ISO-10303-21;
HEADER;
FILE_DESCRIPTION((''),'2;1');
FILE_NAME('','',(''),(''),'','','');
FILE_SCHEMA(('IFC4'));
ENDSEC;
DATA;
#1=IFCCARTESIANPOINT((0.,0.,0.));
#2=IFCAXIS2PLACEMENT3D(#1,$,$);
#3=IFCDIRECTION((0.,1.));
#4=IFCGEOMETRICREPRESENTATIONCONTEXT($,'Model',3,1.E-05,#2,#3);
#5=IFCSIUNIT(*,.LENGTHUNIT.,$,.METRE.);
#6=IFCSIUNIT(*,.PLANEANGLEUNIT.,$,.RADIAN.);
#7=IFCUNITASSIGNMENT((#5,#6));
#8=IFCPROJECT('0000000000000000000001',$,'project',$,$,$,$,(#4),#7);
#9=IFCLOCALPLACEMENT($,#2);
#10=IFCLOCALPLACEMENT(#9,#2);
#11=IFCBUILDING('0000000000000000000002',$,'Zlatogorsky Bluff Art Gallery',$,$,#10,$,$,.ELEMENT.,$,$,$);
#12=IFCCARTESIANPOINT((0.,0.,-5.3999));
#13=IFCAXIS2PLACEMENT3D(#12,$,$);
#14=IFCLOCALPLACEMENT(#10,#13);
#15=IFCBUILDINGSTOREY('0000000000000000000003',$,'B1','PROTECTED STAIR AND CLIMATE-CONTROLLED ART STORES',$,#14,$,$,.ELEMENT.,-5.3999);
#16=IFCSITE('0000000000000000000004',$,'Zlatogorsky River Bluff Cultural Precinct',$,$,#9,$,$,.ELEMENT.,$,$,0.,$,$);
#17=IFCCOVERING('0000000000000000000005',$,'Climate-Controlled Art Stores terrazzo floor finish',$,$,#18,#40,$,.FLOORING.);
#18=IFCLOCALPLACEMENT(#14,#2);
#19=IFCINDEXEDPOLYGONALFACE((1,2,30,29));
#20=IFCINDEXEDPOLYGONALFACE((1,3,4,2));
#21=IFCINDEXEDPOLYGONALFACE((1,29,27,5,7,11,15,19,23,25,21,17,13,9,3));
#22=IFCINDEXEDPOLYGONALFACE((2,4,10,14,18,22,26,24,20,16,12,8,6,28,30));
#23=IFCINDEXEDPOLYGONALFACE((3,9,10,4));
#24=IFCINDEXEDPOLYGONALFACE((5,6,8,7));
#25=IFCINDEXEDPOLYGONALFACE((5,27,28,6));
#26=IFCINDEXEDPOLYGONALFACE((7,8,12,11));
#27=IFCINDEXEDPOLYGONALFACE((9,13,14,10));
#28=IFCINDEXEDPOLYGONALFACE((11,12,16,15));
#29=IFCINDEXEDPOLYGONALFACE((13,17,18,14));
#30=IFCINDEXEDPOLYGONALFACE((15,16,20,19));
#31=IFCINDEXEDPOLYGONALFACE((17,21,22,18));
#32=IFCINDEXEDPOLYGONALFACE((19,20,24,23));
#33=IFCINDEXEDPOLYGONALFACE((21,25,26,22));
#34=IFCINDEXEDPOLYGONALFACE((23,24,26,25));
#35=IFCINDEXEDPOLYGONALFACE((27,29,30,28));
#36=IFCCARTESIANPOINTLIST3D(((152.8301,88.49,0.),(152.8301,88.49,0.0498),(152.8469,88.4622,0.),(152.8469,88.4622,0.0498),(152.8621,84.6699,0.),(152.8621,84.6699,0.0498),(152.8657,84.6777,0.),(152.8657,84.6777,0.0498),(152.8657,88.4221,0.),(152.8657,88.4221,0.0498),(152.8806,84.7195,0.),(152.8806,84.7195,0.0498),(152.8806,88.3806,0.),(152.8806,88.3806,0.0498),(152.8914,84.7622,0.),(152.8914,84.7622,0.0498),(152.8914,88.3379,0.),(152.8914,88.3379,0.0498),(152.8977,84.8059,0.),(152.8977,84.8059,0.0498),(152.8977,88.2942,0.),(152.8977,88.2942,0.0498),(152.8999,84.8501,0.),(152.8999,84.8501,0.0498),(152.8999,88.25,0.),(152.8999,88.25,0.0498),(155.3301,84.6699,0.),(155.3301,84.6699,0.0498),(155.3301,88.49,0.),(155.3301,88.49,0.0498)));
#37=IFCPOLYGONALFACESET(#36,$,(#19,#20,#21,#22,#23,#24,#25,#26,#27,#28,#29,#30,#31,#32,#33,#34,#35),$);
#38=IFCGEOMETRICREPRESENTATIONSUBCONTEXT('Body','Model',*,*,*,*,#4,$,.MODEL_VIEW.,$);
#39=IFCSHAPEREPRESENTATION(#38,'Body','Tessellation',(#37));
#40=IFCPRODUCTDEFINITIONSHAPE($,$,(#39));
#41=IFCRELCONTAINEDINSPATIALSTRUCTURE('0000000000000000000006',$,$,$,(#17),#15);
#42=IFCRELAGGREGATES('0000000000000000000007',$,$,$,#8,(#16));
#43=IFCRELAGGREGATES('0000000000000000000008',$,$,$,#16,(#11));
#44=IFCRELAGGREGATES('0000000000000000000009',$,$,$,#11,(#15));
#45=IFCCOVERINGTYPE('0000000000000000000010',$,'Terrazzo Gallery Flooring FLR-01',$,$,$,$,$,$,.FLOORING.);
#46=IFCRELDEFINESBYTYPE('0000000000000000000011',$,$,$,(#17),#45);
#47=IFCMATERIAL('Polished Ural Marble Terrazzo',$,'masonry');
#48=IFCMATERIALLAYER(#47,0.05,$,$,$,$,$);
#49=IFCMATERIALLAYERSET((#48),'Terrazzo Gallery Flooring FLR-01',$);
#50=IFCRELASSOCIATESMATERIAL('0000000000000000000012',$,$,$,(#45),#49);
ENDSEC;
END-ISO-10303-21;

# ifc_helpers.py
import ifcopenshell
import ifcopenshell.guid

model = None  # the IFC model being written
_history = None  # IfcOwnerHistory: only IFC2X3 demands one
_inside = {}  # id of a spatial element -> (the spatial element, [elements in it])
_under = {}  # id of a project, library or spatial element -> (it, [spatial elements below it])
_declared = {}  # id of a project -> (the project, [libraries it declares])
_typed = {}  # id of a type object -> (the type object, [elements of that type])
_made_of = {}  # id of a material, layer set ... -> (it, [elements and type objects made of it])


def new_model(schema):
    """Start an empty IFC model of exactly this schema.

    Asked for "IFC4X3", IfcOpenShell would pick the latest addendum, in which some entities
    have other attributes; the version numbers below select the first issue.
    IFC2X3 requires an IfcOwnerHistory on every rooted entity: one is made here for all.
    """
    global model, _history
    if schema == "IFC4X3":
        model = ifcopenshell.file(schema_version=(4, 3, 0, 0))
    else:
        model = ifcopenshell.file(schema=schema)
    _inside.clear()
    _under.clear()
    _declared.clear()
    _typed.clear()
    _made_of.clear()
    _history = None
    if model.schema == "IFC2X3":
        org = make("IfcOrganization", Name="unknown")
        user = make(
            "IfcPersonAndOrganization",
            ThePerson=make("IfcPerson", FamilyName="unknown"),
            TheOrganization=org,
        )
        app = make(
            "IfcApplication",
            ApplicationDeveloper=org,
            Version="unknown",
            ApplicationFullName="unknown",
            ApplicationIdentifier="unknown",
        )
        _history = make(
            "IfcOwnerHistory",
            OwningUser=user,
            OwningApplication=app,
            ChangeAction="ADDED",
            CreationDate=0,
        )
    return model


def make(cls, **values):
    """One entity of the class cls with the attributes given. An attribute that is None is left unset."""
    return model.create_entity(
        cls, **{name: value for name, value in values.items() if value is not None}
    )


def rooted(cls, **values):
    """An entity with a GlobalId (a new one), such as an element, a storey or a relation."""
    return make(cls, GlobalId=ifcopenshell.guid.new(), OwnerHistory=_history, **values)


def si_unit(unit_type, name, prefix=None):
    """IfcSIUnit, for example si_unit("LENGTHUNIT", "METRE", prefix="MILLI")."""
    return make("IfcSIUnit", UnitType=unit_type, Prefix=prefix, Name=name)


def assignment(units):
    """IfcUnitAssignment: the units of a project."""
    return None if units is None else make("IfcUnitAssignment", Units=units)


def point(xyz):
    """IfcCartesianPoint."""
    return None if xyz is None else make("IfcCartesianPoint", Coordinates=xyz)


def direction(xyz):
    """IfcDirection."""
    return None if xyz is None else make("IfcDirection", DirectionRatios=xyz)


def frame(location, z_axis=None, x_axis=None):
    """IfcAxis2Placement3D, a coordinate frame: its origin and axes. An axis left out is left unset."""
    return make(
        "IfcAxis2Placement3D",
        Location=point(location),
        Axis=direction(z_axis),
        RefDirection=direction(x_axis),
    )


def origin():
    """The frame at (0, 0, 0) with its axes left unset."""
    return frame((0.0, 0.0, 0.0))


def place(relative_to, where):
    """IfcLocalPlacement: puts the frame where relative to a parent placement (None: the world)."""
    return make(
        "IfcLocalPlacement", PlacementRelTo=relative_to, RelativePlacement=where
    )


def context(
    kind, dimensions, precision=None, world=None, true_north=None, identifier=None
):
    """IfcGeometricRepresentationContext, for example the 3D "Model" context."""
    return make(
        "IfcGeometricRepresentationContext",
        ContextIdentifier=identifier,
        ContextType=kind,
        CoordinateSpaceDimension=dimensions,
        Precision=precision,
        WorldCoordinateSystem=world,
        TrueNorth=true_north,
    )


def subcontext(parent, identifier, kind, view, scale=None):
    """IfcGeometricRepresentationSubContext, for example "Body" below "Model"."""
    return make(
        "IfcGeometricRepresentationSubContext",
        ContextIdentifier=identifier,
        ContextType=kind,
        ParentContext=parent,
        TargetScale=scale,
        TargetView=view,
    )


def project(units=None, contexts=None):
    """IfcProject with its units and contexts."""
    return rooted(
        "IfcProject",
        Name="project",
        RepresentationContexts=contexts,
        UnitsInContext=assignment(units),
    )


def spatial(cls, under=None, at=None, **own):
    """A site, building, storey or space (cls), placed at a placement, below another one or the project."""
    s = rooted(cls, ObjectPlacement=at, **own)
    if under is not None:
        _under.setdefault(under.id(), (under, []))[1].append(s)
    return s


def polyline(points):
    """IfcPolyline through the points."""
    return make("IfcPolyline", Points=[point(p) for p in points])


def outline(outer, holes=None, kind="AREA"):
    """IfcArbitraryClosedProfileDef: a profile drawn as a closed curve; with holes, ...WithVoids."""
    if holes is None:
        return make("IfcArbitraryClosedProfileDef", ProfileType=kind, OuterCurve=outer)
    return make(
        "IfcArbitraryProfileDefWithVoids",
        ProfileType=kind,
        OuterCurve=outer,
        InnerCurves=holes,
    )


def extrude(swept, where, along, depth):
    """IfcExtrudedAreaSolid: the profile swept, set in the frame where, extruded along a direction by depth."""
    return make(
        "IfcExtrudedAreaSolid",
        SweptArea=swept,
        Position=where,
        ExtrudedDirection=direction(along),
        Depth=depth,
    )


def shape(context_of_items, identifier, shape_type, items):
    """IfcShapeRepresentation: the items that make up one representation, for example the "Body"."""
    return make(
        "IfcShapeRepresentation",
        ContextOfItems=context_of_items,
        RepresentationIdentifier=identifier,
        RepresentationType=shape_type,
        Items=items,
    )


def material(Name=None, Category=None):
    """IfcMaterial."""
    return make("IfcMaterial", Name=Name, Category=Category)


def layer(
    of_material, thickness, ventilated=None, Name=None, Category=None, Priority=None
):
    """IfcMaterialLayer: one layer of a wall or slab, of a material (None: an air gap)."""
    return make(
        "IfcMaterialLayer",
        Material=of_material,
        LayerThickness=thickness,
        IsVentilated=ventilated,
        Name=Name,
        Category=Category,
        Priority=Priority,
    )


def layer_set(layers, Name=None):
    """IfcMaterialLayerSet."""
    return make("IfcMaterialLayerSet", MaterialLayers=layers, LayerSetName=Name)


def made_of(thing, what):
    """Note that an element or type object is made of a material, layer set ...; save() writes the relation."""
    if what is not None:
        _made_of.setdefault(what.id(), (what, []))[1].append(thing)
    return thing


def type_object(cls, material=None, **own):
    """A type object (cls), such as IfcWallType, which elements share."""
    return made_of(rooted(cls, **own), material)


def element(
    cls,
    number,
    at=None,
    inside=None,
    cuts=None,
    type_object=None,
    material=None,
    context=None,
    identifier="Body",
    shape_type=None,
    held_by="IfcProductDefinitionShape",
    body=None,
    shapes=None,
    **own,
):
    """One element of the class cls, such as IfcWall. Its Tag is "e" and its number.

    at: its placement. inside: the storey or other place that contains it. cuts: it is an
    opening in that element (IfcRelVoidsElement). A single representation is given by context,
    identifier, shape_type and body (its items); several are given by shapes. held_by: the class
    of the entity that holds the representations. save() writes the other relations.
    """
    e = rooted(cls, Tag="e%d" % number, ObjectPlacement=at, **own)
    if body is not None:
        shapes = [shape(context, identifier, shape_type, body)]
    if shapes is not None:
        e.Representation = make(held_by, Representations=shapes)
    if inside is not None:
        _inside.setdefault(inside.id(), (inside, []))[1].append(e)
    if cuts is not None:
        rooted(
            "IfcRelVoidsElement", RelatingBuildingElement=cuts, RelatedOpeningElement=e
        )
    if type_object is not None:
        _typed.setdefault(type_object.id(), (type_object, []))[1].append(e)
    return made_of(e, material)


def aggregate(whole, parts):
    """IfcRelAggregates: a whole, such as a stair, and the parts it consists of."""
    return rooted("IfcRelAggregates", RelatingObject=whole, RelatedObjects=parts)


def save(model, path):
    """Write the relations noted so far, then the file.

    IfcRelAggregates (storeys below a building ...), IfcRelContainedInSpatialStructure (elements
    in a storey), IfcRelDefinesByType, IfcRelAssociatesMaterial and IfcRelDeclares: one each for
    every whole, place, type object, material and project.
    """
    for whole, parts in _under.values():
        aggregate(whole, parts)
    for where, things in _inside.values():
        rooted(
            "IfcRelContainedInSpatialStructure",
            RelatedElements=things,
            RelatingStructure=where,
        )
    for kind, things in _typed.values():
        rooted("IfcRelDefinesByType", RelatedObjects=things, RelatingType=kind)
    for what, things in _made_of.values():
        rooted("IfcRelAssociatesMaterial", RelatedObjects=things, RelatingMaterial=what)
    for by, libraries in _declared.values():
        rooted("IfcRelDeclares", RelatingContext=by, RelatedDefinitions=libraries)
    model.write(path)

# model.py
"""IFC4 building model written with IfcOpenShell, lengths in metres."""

from ifc_helpers import new_model, si_unit, direction, frame, origin, place, context, subcontext, project, spatial, polyline, outline, extrude, material, layer, layer_set, type_object, element, save


model = new_model("IFC4")

# Units and contexts
model_context = context("Model", 3, precision=1e-05, world=origin(), true_north=direction((0.0, 1.0)))
body_context = subcontext(model_context, "Body", "Model", "MODEL_VIEW")
ifc_project = project(units=[si_unit("LENGTHUNIT", "METRE"), si_unit("PLANEANGLEUNIT", "RADIAN")], contexts=[model_context])

# Site, building, storey
site_placement = place(None, origin())
site = spatial("IfcSite", under=ifc_project, at=site_placement, Name="Zlatogorsky River Bluff Cultural Precinct", CompositionType="ELEMENT", RefElevation=0.0)
building_placement = place(site_placement, origin())
building = spatial("IfcBuilding", under=site, at=building_placement, Name="Zlatogorsky Bluff Art Gallery", CompositionType="ELEMENT")
storey_placement = place(building_placement, frame((0.0, 0.0, -5.3999)))
storey = spatial("IfcBuildingStorey", under=building, at=storey_placement, Name="B1", Description="PROTECTED STAIR AND CLIMATE-CONTROLLED ART STORES", CompositionType="ELEMENT", Elevation=-5.3999)

# Covering
ifc_material_1 = material(Name="Polished Ural Marble Terrazzo", Category="masonry")
ifc_layer_1 = layer(ifc_material_1, 0.05)
ifc_layer_set_1 = layer_set([ifc_layer_1], Name="Terrazzo Gallery Flooring FLR-01")
covering_type_1 = type_object("IfcCoveringType", Name="Terrazzo Gallery Flooring FLR-01", PredefinedType="FLOORING", material=ifc_layer_set_1)
covering_1_placement = place(storey_placement, origin())
element("IfcCovering", 1, at=covering_1_placement, inside=storey, type_object=covering_type_1, Name="Climate-Controlled Art Stores terrazzo floor finish", PredefinedType="FLOORING", context=body_context, shape_type="SweptSolid", body=[
    extrude(outline(polyline([(155.3301, 88.49), (155.3301, 84.6699), (152.8621, 84.6699), (152.8657, 84.6777), (152.8806, 84.7195), (152.8914, 84.7622), (152.8977, 84.8059), (152.8999, 84.8501), (152.8999, 88.25), (152.8977, 88.2942), (152.8914, 88.3379), (152.8806, 88.3806), (152.8657, 88.4221), (152.8469, 88.4622), (152.8301, 88.49), (155.3301, 88.49)])), origin(), (0.0, 0.0, 1.0), 0.0498),
])

save(model, "model.ifc")
